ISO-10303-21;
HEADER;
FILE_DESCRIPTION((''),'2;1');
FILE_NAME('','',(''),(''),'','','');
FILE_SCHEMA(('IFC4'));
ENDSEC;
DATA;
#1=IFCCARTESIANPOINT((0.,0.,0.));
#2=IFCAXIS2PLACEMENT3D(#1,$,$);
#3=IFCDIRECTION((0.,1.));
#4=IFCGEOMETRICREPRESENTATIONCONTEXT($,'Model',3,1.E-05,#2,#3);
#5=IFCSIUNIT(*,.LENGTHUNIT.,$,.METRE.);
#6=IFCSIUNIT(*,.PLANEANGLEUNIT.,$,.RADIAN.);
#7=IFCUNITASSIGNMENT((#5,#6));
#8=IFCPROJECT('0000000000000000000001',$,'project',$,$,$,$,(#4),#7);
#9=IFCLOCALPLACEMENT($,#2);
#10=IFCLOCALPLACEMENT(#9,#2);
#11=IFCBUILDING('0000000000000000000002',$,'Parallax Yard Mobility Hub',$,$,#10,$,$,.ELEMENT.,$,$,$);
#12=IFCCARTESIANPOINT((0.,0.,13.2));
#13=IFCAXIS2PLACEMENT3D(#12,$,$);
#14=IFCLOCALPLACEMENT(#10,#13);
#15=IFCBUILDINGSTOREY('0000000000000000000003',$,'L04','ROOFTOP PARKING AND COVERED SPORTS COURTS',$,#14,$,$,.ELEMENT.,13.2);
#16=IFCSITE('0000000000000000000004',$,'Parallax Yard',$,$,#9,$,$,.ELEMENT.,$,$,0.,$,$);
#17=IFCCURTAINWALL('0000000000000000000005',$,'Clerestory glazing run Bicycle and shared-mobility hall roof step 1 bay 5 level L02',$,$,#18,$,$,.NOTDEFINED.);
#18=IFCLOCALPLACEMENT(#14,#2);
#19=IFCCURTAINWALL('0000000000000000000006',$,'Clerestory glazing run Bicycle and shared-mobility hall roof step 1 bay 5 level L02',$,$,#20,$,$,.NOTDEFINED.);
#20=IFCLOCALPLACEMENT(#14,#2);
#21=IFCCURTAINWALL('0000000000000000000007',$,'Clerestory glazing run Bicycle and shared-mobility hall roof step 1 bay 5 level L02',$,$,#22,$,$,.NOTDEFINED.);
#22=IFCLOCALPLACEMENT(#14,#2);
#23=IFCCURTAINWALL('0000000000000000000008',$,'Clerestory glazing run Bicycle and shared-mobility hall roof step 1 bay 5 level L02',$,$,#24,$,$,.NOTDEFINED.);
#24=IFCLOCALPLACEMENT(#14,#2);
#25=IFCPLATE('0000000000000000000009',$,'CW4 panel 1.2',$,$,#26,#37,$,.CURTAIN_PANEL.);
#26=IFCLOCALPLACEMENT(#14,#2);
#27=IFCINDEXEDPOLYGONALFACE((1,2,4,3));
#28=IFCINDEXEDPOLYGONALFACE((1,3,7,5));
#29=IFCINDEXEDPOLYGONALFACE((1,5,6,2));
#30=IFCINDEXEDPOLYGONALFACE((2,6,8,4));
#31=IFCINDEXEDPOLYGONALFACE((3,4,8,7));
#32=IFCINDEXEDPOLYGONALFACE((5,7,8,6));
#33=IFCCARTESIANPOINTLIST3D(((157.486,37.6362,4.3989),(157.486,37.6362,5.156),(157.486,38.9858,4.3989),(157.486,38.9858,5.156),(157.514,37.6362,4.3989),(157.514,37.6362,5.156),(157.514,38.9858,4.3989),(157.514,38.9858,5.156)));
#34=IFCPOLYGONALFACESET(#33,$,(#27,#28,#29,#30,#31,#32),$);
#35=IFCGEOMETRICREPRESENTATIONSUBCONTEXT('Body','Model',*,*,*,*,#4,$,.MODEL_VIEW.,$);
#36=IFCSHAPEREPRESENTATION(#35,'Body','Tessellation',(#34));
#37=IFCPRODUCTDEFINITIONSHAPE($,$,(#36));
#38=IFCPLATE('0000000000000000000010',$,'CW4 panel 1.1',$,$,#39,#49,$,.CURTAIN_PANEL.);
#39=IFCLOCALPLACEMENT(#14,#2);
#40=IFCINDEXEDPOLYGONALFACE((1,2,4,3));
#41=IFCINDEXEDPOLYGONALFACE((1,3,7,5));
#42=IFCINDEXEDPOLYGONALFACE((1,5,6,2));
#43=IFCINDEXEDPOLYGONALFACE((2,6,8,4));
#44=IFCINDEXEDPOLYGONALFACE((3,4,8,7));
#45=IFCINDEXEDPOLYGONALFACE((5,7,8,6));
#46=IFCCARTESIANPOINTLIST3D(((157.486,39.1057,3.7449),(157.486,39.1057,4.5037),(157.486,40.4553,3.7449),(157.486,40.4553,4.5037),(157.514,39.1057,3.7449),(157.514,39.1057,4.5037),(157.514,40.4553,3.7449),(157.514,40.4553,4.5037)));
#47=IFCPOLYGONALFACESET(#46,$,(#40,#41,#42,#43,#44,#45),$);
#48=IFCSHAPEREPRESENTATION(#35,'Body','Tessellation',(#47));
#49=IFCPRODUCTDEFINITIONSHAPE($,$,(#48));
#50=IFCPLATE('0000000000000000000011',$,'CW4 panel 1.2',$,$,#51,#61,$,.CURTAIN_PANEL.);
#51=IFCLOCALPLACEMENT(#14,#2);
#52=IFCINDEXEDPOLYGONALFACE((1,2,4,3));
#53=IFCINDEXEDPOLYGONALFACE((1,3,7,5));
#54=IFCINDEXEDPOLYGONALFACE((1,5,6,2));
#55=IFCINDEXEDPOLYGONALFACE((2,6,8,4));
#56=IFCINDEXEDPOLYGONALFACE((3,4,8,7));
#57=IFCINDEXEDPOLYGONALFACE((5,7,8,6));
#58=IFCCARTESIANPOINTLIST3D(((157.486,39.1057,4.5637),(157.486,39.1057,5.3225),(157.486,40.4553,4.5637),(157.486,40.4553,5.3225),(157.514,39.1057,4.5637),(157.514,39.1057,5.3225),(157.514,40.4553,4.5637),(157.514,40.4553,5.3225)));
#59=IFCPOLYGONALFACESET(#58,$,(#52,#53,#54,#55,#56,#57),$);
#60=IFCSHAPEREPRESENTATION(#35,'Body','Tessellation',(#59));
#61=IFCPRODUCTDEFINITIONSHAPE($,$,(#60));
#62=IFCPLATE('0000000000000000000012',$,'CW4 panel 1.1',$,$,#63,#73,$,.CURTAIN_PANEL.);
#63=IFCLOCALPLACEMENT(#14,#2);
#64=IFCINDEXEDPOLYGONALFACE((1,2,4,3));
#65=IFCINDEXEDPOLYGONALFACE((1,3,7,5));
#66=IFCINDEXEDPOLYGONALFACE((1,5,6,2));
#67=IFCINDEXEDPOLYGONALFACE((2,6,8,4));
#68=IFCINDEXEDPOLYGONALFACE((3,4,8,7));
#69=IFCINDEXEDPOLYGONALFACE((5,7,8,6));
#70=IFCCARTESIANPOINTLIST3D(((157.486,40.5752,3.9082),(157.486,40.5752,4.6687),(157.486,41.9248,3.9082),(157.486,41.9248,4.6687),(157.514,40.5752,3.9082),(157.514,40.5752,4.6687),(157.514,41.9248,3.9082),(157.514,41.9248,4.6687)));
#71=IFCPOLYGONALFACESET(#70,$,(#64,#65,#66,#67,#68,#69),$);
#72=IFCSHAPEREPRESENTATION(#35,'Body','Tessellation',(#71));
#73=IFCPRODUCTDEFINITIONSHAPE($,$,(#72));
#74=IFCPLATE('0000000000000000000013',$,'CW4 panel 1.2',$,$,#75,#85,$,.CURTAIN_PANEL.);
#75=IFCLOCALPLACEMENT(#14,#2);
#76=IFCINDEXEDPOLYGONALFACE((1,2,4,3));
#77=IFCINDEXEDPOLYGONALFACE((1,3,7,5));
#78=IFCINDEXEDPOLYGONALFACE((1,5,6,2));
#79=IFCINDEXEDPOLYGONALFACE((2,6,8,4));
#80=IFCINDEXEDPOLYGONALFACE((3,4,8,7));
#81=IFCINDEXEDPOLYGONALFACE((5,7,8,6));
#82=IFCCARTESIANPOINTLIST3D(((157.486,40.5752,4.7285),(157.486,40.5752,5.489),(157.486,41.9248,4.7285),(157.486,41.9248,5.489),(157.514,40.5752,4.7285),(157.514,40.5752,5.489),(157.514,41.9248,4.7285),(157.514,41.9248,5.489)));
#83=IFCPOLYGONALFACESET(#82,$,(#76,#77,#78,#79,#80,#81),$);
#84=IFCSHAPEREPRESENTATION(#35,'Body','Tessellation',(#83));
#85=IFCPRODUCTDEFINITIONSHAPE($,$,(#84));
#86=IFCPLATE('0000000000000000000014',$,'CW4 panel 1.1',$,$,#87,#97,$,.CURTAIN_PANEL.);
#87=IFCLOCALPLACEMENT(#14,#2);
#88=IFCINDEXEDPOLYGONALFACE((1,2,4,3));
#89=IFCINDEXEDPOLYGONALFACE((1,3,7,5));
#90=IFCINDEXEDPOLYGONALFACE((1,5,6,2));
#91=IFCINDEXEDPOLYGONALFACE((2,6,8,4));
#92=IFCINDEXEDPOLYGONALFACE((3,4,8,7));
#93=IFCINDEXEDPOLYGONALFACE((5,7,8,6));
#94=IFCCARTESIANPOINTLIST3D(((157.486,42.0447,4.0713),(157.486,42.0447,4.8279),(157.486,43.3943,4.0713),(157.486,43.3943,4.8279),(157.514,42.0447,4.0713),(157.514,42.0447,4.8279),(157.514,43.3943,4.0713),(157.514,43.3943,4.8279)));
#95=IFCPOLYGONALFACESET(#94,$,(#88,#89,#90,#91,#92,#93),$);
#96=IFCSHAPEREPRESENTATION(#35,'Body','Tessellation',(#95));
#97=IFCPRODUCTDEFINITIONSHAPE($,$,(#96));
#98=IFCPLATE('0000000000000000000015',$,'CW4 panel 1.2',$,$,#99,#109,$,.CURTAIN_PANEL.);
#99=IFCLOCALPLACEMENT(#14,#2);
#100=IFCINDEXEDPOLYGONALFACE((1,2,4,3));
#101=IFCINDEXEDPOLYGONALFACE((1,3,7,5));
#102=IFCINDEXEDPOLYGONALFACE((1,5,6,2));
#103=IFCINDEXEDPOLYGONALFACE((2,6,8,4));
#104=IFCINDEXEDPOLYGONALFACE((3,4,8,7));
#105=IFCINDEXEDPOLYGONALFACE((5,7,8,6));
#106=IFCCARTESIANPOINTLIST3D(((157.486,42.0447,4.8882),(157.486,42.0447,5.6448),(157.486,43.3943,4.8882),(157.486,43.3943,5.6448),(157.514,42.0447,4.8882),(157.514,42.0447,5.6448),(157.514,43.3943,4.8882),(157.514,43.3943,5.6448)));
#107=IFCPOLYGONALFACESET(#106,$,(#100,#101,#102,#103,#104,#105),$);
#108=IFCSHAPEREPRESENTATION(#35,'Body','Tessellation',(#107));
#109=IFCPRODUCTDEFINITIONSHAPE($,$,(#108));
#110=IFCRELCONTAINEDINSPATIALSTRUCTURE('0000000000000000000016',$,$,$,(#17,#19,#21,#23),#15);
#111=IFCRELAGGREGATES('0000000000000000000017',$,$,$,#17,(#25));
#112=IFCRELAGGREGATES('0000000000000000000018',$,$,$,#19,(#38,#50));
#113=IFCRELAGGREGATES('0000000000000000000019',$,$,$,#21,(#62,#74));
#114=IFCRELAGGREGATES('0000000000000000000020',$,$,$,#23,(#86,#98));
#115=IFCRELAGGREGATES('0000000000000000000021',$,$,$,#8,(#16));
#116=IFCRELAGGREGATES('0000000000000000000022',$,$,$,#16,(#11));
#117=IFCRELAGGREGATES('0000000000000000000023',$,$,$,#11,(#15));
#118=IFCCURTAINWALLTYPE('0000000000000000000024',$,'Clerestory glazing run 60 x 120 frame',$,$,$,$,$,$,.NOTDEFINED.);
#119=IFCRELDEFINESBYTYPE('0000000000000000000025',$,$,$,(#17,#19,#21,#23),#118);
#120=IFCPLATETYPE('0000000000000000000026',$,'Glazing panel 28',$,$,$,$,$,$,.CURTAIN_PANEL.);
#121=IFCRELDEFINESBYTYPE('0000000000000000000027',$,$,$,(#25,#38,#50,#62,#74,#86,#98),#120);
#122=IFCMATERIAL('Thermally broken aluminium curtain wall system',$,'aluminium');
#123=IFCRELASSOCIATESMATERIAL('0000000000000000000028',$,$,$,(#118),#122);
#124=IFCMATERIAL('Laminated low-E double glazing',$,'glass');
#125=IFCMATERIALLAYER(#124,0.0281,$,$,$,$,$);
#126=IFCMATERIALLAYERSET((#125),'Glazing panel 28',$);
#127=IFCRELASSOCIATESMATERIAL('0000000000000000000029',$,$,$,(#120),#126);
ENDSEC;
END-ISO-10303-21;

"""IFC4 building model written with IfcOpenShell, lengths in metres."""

from ifc_helpers import new_model, si_unit, direction, frame, origin, origin_2d, place, context, subcontext, project, spatial, rectangle, extrude, material, layer, layer_set, type_object, element, aggregate, save


model = new_model("IFC4")

# Units and contexts
model_context = context("Model", 3, precision=1e-05, world=origin(), true_north=direction((0.0, 1.0)))
body_context = subcontext(model_context, "Body", "Model", "MODEL_VIEW")
ifc_project = project(units=[si_unit("LENGTHUNIT", "METRE"), si_unit("PLANEANGLEUNIT", "RADIAN")], contexts=[model_context])

# Site, building, storey
site_placement = place(None, origin())
site = spatial("IfcSite", under=ifc_project, at=site_placement, Name="Parallax Yard", CompositionType="ELEMENT", RefElevation=0.0)
building_placement = place(site_placement, origin())
building = spatial("IfcBuilding", under=site, at=building_placement, Name="Parallax Yard Mobility Hub", CompositionType="ELEMENT")
storey_placement = place(building_placement, frame((0.0, 0.0, 13.2)))
storey = spatial("IfcBuildingStorey", under=building, at=storey_placement, Name="L04", Description="ROOFTOP PARKING AND COVERED SPORTS COURTS", CompositionType="ELEMENT", Elevation=13.2)

# Curtain wall
ifc_material_1 = material(Name="Thermally broken aluminium curtain wall system", Category="aluminium")
curtain_wall_type = type_object("IfcCurtainWallType", Name="Clerestory glazing run 60 x 120 frame", PredefinedType="NOTDEFINED", material=ifc_material_1)
curtain_wall_1_placement = place(storey_placement, origin())
curtain_wall_1 = element("IfcCurtainWall", 1, at=curtain_wall_1_placement, inside=storey, type_object=curtain_wall_type, Name="Clerestory glazing run Bicycle and shared-mobility hall roof step 1 bay 5 level L02", PredefinedType="NOTDEFINED")

# Curtain walls
curtain_wall_2_placement = place(storey_placement, origin())
curtain_wall_2 = element("IfcCurtainWall", 2, at=curtain_wall_2_placement, inside=storey, type_object=curtain_wall_type, Name="Clerestory glazing run Bicycle and shared-mobility hall roof step 1 bay 5 level L02", PredefinedType="NOTDEFINED")
curtain_wall_3_placement = place(storey_placement, origin())
curtain_wall_3 = element("IfcCurtainWall", 3, at=curtain_wall_3_placement, inside=storey, type_object=curtain_wall_type, Name="Clerestory glazing run Bicycle and shared-mobility hall roof step 1 bay 5 level L02", PredefinedType="NOTDEFINED")
curtain_wall_4_placement = place(storey_placement, origin())
curtain_wall_4 = element("IfcCurtainWall", 4, at=curtain_wall_4_placement, inside=storey, type_object=curtain_wall_type, Name="Clerestory glazing run Bicycle and shared-mobility hall roof step 1 bay 5 level L02", PredefinedType="NOTDEFINED")

# Plates
ifc_material_2 = material(Name="Laminated low-E double glazing", Category="glass")
ifc_layer = layer(ifc_material_2, 0.0281)
ifc_layer_set = layer_set([ifc_layer], Name="Glazing panel 28")
plate_type = type_object("IfcPlateType", Name="Glazing panel 28", PredefinedType="CURTAIN_PANEL", material=ifc_layer_set)
plate_1_placement = place(storey_placement, frame((157.5, 38.311, 4.3989), z_axis=(0.0, 0.0, 1.0), x_axis=(0.0, 1.0, 0.0)))
plate_1 = element("IfcPlate", 5, at=plate_1_placement, type_object=plate_type, Name="CW4 panel 1.2", PredefinedType="CURTAIN_PANEL", context=body_context, shape_type="SweptSolid", body=[
    extrude(rectangle(XDim=1.3496, YDim=0.0281, at=origin_2d()), origin(), (0.0, 0.0, 1.0), 0.7571),
])
aggregate(curtain_wall_1, [plate_1])
plate_2_placement = place(storey_placement, frame((157.5, 39.7805, 3.7449), z_axis=(0.0, 0.0, 1.0), x_axis=(0.0, 1.0, 0.0)))
plate_2 = element("IfcPlate", 6, at=plate_2_placement, type_object=plate_type, Name="CW4 panel 1.1", PredefinedType="CURTAIN_PANEL", context=body_context, shape_type="SweptSolid", body=[
    extrude(rectangle(XDim=1.3496, YDim=0.0281, at=origin_2d()), origin(), (0.0, 0.0, 1.0), 0.7588),
])
plate_3_placement = place(storey_placement, frame((157.5, 39.7805, 4.5637), z_axis=(0.0, 0.0, 1.0), x_axis=(0.0, 1.0, 0.0)))
plate_3 = element("IfcPlate", 7, at=plate_3_placement, type_object=plate_type, Name="CW4 panel 1.2", PredefinedType="CURTAIN_PANEL", context=body_context, shape_type="SweptSolid", body=[
    extrude(rectangle(XDim=1.3496, YDim=0.0281, at=origin_2d()), origin(), (0.0, 0.0, 1.0), 0.7588),
])
aggregate(curtain_wall_2, [plate_2, plate_3])
plate_4_placement = place(storey_placement, frame((157.5, 41.25, 3.9082), z_axis=(0.0, 0.0, 1.0), x_axis=(0.0, 1.0, 0.0)))
plate_4 = element("IfcPlate", 8, at=plate_4_placement, type_object=plate_type, Name="CW4 panel 1.1", PredefinedType="CURTAIN_PANEL", context=body_context, shape_type="SweptSolid", body=[
    extrude(rectangle(XDim=1.3496, YDim=0.0281, at=origin_2d()), origin(), (0.0, 0.0, 1.0), 0.7605),
])
plate_5_placement = place(storey_placement, frame((157.5, 41.25, 4.7285), z_axis=(0.0, 0.0, 1.0), x_axis=(0.0, 1.0, 0.0)))
plate_5 = element("IfcPlate", 9, at=plate_5_placement, type_object=plate_type, Name="CW4 panel 1.2", PredefinedType="CURTAIN_PANEL", context=body_context, shape_type="SweptSolid", body=[
    extrude(rectangle(XDim=1.3496, YDim=0.0281, at=origin_2d()), origin(), (0.0, 0.0, 1.0), 0.7605),
])
aggregate(curtain_wall_3, [plate_4, plate_5])
plate_6_placement = place(storey_placement, frame((157.5, 42.7195, 4.0713), z_axis=(0.0, 0.0, 1.0), x_axis=(0.0, 1.0, 0.0)))
plate_6 = element("IfcPlate", 10, at=plate_6_placement, type_object=plate_type, Name="CW4 panel 1.1", PredefinedType="CURTAIN_PANEL", context=body_context, shape_type="SweptSolid", body=[
    extrude(rectangle(XDim=1.3496, YDim=0.0281, at=origin_2d()), origin(), (0.0, 0.0, 1.0), 0.7566),
])
plate_7_placement = place(storey_placement, frame((157.5, 42.7195, 4.8882), z_axis=(0.0, 0.0, 1.0), x_axis=(0.0, 1.0, 0.0)))
plate_7 = element("IfcPlate", 11, at=plate_7_placement, type_object=plate_type, Name="CW4 panel 1.2", PredefinedType="CURTAIN_PANEL", context=body_context, shape_type="SweptSolid", body=[
    extrude(rectangle(XDim=1.3496, YDim=0.0281, at=origin_2d()), origin(), (0.0, 0.0, 1.0), 0.7566),
])
aggregate(curtain_wall_4, [plate_6, plate_7])

save(model, "model.ifc")
